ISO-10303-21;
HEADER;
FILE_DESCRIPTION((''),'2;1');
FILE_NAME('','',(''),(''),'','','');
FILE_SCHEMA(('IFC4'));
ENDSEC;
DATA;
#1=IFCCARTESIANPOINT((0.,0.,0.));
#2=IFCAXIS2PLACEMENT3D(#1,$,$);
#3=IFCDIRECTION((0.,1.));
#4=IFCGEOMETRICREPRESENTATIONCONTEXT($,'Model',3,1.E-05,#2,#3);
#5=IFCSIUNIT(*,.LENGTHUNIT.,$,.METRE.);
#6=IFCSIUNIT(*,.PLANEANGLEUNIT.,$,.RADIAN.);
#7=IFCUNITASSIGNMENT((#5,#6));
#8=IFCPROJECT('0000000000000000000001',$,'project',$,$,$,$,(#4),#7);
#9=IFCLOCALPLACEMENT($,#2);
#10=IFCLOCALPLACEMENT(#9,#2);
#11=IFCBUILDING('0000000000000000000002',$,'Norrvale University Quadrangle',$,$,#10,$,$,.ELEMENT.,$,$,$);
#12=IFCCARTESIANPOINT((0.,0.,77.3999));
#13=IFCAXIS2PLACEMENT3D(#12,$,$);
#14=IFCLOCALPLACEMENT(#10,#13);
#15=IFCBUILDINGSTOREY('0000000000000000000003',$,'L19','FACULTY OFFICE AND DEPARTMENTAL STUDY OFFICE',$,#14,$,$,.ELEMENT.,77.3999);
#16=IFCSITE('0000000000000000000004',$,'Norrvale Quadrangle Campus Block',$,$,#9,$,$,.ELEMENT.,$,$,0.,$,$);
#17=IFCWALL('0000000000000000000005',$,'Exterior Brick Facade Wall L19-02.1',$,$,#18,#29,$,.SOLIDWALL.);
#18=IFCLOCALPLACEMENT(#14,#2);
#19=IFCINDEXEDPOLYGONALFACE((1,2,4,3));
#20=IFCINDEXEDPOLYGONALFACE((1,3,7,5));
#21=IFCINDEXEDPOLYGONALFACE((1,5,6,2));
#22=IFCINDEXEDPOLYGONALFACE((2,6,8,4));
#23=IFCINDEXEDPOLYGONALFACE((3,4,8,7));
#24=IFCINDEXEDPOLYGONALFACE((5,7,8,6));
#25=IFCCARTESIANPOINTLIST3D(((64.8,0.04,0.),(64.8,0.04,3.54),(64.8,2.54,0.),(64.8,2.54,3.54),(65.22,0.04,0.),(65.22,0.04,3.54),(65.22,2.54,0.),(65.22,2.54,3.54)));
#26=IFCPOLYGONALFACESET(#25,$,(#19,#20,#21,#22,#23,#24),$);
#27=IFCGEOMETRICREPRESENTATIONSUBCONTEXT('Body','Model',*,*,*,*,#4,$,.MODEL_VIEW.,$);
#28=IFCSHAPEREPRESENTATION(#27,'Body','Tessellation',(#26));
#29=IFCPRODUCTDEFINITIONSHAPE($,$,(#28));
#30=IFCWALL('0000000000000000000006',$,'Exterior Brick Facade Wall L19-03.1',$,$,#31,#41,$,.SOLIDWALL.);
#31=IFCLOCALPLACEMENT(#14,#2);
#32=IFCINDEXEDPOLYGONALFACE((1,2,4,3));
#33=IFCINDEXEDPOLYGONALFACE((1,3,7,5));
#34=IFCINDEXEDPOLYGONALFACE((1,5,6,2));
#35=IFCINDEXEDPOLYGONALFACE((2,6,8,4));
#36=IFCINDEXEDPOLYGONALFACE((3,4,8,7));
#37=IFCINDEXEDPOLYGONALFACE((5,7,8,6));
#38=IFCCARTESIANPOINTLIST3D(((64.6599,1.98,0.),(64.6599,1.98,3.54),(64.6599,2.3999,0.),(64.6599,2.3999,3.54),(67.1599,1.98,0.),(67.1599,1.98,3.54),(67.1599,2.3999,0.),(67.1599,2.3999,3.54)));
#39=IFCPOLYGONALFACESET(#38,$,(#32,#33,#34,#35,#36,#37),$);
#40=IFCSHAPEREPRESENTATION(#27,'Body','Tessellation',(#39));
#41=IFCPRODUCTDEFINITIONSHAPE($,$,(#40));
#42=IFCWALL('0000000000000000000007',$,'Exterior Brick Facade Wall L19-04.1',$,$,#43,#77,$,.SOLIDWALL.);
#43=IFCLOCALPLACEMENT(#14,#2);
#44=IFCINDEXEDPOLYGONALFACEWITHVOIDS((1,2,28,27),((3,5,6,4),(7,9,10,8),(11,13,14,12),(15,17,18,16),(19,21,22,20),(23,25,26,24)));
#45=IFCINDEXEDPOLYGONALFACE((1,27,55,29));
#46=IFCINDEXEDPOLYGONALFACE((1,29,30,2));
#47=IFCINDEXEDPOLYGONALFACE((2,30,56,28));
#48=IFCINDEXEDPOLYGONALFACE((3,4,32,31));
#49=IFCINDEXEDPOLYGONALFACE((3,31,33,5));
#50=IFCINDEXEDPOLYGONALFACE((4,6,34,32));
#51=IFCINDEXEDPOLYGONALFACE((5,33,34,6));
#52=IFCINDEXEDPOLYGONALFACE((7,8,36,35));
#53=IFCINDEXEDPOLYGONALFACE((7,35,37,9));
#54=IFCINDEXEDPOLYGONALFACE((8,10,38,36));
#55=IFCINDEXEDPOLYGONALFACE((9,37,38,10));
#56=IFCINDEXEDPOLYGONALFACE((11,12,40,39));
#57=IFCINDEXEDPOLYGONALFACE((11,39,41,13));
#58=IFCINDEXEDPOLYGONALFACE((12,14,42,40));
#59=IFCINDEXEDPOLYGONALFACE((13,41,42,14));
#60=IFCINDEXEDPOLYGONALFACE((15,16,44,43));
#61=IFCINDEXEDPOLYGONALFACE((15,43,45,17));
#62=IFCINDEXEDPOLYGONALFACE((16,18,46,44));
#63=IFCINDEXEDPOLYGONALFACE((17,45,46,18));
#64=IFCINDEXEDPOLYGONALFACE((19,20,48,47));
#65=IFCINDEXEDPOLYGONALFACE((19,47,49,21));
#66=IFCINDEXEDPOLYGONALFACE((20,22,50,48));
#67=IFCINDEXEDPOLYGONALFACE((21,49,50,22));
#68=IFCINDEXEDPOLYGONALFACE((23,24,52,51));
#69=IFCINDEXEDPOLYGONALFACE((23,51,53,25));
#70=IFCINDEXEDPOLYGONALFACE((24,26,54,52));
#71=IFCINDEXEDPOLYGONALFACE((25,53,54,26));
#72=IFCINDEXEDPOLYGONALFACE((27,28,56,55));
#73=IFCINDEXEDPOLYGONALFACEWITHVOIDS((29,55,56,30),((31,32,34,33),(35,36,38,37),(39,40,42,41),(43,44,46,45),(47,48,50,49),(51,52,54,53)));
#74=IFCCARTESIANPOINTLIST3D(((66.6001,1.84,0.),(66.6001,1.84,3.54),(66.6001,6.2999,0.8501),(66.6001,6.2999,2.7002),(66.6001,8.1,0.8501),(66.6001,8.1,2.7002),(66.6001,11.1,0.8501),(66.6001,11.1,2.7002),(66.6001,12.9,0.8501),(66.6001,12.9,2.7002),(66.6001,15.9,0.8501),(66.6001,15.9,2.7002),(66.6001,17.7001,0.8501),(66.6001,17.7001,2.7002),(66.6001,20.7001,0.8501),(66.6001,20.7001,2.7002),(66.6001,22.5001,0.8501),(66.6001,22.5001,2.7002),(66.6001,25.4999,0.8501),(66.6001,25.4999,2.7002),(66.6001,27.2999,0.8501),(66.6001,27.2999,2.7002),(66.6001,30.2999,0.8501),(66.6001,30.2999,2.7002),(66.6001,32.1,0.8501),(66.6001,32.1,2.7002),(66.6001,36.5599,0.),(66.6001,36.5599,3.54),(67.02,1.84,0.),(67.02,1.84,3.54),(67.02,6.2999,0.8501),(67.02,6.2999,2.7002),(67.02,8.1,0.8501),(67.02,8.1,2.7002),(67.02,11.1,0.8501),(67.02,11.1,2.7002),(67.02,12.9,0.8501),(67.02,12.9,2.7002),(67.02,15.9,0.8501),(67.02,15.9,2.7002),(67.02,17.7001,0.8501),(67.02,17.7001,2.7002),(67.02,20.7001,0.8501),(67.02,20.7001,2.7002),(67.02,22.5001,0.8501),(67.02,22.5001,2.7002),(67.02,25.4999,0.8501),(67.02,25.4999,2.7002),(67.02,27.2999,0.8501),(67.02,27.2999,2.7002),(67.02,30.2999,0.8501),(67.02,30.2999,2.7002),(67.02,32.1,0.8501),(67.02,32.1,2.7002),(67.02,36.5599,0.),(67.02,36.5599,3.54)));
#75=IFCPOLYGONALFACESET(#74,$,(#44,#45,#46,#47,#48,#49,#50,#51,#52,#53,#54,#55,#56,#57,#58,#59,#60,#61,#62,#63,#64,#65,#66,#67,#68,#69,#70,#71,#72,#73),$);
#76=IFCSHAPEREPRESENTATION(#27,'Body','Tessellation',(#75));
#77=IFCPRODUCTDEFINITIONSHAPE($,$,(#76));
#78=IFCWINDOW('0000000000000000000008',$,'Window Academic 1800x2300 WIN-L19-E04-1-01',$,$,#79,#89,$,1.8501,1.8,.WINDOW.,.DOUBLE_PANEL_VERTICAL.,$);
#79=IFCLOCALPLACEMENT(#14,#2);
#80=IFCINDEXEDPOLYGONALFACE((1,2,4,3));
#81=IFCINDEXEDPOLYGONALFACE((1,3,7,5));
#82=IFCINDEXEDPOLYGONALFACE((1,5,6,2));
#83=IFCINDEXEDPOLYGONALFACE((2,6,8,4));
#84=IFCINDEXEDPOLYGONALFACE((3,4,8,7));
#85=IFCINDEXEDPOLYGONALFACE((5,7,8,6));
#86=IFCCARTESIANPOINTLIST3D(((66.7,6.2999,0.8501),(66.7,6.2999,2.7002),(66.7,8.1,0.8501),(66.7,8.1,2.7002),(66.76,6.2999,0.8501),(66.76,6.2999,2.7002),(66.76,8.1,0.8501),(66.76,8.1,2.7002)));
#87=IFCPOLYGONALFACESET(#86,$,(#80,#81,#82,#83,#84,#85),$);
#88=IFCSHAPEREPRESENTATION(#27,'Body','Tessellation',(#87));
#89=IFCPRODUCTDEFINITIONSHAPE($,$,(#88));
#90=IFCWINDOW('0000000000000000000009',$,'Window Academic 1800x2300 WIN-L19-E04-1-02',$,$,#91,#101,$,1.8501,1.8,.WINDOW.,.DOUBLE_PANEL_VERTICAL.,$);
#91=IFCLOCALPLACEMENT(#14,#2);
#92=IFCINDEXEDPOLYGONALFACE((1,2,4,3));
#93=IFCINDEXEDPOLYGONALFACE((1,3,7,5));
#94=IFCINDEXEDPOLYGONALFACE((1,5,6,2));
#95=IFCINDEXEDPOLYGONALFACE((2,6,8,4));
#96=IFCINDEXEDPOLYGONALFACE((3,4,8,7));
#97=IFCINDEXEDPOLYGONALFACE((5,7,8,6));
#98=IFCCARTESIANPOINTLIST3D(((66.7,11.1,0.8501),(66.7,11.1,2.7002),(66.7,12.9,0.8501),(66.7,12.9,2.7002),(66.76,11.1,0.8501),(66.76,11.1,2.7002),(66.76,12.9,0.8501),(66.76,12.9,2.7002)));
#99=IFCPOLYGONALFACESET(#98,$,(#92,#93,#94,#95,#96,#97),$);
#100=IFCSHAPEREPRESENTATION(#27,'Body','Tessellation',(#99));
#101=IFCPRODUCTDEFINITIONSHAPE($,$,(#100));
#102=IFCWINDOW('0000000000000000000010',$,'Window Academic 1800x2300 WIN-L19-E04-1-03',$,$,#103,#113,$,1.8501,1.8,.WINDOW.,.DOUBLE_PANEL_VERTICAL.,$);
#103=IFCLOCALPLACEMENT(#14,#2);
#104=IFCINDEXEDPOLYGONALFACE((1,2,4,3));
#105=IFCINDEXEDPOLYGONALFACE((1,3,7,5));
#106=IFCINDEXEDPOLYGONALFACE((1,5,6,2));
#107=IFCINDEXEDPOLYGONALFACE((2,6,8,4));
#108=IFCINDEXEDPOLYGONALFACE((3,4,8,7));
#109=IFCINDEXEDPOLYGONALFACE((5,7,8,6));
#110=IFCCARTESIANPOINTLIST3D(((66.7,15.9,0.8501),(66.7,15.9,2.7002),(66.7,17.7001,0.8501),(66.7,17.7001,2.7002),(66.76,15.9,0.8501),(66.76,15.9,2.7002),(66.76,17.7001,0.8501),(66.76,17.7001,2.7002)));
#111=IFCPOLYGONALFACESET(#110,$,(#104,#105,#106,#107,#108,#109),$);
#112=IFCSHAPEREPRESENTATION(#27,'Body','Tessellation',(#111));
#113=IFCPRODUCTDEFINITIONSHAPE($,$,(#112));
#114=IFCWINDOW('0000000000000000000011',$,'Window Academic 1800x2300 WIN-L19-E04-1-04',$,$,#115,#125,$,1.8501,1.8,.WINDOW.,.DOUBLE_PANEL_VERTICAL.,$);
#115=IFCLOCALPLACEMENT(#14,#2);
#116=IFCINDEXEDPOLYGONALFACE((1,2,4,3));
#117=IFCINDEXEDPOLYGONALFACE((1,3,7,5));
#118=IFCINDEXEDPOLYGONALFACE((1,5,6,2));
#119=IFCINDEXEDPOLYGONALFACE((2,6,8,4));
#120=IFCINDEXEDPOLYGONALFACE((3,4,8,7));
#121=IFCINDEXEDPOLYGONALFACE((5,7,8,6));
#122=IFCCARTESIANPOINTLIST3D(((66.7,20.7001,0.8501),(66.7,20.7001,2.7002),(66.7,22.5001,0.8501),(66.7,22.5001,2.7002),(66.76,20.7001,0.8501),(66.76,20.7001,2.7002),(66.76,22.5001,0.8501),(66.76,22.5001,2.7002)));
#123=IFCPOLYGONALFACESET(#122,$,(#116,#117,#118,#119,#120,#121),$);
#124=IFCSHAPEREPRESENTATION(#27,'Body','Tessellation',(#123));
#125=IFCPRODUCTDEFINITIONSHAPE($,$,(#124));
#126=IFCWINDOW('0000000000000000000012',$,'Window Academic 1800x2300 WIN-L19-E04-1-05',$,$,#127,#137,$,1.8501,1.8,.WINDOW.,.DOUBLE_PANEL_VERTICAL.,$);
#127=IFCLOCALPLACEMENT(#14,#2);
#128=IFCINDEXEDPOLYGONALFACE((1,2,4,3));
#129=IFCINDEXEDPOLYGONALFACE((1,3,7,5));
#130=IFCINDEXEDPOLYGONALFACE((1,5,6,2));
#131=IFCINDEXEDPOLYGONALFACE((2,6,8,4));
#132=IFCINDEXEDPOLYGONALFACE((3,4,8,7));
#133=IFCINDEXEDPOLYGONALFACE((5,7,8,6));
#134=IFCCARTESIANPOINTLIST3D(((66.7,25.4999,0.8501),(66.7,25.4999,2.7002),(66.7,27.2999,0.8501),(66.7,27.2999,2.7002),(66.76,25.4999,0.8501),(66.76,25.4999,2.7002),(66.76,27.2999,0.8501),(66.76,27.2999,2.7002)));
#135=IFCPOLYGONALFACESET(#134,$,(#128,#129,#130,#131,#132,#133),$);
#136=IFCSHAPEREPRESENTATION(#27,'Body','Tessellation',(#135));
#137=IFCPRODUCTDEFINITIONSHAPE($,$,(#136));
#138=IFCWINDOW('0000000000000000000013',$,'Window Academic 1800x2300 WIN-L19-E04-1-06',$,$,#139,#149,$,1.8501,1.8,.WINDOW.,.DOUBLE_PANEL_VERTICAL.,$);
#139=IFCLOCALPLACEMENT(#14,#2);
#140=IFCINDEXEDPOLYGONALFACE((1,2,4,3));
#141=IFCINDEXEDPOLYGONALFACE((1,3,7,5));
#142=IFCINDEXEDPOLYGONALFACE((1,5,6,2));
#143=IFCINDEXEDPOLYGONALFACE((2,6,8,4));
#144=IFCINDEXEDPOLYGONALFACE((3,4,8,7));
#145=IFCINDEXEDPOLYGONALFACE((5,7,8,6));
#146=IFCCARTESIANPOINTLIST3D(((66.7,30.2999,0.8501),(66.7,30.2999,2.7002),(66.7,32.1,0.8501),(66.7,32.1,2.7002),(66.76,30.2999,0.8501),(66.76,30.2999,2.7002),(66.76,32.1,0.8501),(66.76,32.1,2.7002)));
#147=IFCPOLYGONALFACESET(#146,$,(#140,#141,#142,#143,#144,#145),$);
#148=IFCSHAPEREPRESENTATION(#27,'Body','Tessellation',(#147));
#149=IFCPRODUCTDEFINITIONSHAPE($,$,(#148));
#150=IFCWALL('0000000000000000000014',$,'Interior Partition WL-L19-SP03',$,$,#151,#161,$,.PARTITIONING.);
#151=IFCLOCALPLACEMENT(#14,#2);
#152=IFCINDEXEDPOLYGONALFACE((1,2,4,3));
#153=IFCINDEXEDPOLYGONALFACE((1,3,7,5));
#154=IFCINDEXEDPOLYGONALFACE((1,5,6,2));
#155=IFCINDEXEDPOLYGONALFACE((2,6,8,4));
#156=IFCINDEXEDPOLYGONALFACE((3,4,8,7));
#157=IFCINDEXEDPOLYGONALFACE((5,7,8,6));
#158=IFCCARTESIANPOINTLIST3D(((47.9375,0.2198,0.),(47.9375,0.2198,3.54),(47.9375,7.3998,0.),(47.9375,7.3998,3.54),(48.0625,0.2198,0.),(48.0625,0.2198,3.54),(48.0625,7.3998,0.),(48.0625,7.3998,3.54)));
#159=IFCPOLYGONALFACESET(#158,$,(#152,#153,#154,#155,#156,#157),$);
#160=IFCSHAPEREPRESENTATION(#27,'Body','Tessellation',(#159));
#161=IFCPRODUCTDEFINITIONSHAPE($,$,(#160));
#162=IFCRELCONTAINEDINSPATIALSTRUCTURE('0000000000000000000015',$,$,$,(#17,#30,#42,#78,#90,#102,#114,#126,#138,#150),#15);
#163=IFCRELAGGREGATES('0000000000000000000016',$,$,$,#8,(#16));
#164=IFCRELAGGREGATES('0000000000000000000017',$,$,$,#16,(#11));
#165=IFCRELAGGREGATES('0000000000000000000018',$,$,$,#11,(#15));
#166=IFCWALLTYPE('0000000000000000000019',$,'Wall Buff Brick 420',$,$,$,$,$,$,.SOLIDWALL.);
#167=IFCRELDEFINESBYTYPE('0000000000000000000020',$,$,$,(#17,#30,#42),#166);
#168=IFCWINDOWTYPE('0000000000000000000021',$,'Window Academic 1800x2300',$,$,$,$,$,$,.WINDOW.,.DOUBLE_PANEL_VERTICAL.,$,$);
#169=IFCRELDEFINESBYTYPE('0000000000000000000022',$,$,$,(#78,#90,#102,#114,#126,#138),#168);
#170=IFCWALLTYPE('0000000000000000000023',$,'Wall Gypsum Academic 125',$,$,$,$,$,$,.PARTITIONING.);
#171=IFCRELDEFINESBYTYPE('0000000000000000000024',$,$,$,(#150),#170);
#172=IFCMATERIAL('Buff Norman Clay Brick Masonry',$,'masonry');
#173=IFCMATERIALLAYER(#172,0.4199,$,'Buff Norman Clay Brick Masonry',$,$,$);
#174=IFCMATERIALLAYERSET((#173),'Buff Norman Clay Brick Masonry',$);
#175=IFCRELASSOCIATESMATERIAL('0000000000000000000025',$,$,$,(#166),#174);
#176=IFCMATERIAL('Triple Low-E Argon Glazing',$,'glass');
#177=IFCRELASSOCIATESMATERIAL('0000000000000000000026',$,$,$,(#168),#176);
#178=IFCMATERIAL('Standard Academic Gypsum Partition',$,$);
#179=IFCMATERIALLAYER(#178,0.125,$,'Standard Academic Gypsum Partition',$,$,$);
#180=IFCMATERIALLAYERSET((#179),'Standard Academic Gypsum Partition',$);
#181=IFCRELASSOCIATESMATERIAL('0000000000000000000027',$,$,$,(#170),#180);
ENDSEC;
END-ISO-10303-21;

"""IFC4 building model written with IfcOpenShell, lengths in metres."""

from ifc_helpers import new_model, si_unit, direction, frame, frame_2d, origin, place, context, subcontext, project, spatial, rectangle, extrude, material, layer, layer_set, type_object, element, fill, save


model = new_model("IFC4")

# Units and contexts
model_context = context("Model", 3, precision=1e-05, world=origin(), true_north=direction((0.0, 1.0)))
body_context = subcontext(model_context, "Body", "Model", "MODEL_VIEW")
ifc_project = project(units=[si_unit("LENGTHUNIT", "METRE"), si_unit("PLANEANGLEUNIT", "RADIAN")], contexts=[model_context])

# Site, building, storey
site_placement = place(None, origin())
site = spatial("IfcSite", under=ifc_project, at=site_placement, Name="Norrvale Quadrangle Campus Block", CompositionType="ELEMENT", RefElevation=0.0)
building_placement = place(site_placement, origin())
building = spatial("IfcBuilding", under=site, at=building_placement, Name="Norrvale University Quadrangle", CompositionType="ELEMENT")
storey_placement = place(building_placement, frame((0.0, 0.0, 77.3999)))
storey = spatial("IfcBuildingStorey", under=building, at=storey_placement, Name="L19", Description="FACULTY OFFICE AND DEPARTMENTAL STUDY OFFICE", CompositionType="ELEMENT", Elevation=77.3999)

# Walls
ifc_material_1 = material(Name="Buff Norman Clay Brick Masonry", Category="masonry")
ifc_layer_1 = layer(ifc_material_1, 0.4199, Name="Buff Norman Clay Brick Masonry")
ifc_layer_set_1 = layer_set([ifc_layer_1], Name="Buff Norman Clay Brick Masonry")
wall_type_1 = type_object("IfcWallType", Name="Wall Buff Brick 420", PredefinedType="SOLIDWALL", material=ifc_layer_set_1)
for number, where, z_axis, x_axis, name in (
    (1, (65.01, 0.04, 0.0), (0.0, 0.0, 1.0), (0.0, 1.0, 0.0), "Exterior Brick Facade Wall L19-02.1"),
    (2, (64.6599, 2.1899, 0.0), (0.0, 0.0, 1.0), (1.0, 0.0, 0.0), "Exterior Brick Facade Wall L19-03.1"),
):
    element("IfcWall", number, at=place(storey_placement, frame(where, z_axis=z_axis, x_axis=x_axis)), inside=storey, type_object=wall_type_1, Name=name, PredefinedType="SOLIDWALL", context=body_context, shape_type="SweptSolid", body=[
        extrude(rectangle(XDim=2.5, YDim=0.4199, at=frame_2d((1.25, 0.0))), origin(), (0.0, 0.0, 1.0), 3.54),
    ])

# Wall, openings, windows
wall_1_placement = place(storey_placement, frame((66.8101, 1.8401, 0.0), z_axis=(0.0, 0.0, 1.0), x_axis=(0.0, 1.0, 0.0)))
wall_1 = element("IfcWall", 3, at=wall_1_placement, inside=storey, type_object=wall_type_1, Name="Exterior Brick Facade Wall L19-04.1", PredefinedType="SOLIDWALL", context=body_context, shape_type="SweptSolid", body=[
    extrude(rectangle(XDim=34.72, YDim=0.4199, at=frame_2d((17.3599, 0.0))), origin(), (0.0, 0.0, 1.0), 3.54),
])
opening_1_placement = place(wall_1_placement, frame((4.46, 0.0, 0.8501)))
opening_1 = element("IfcOpeningElement", 4, at=opening_1_placement, cuts=wall_1, PredefinedType="OPENING", context=body_context, shape_type="SweptSolid", body=[
    extrude(rectangle(XDim=1.8, YDim=1.8501, at=frame_2d((0.8999, 0.925))), frame((0.0, 0.2219, 0.0), z_axis=(0.0, -1.0, 0.0), x_axis=(1.0, 0.0, 0.0)), (0.0, 0.0, 1.0), 0.4438),
])
opening_2_placement = place(wall_1_placement, frame((9.26, 0.0, 0.8501)))
opening_2 = element("IfcOpeningElement", 5, at=opening_2_placement, cuts=wall_1, PredefinedType="OPENING", context=body_context, shape_type="SweptSolid", body=[
    extrude(rectangle(XDim=1.8, YDim=1.8501, at=frame_2d((0.8999, 0.925))), frame((0.0, 0.2219, 0.0), z_axis=(0.0, -1.0, 0.0), x_axis=(1.0, 0.0, 0.0)), (0.0, 0.0, 1.0), 0.4438),
])
opening_3_placement = place(wall_1_placement, frame((14.0601, 0.0, 0.8501)))
opening_3 = element("IfcOpeningElement", 6, at=opening_3_placement, cuts=wall_1, PredefinedType="OPENING", context=body_context, shape_type="SweptSolid", body=[
    extrude(rectangle(XDim=1.8, YDim=1.8501, at=frame_2d((0.8999, 0.925))), frame((0.0, 0.2219, 0.0), z_axis=(0.0, -1.0, 0.0), x_axis=(1.0, 0.0, 0.0)), (0.0, 0.0, 1.0), 0.4438),
])
opening_4_placement = place(wall_1_placement, frame((18.8601, 0.0, 0.8501)))
opening_4 = element("IfcOpeningElement", 7, at=opening_4_placement, cuts=wall_1, PredefinedType="OPENING", context=body_context, shape_type="SweptSolid", body=[
    extrude(rectangle(XDim=1.8, YDim=1.8501, at=frame_2d((0.8999, 0.925))), frame((0.0, 0.2219, 0.0), z_axis=(0.0, -1.0, 0.0), x_axis=(1.0, 0.0, 0.0)), (0.0, 0.0, 1.0), 0.4438),
])
opening_5_placement = place(wall_1_placement, frame((23.6599, 0.0, 0.8501)))
opening_5 = element("IfcOpeningElement", 8, at=opening_5_placement, cuts=wall_1, PredefinedType="OPENING", context=body_context, shape_type="SweptSolid", body=[
    extrude(rectangle(XDim=1.8, YDim=1.8501, at=frame_2d((0.8999, 0.925))), frame((0.0, 0.2219, 0.0), z_axis=(0.0, -1.0, 0.0), x_axis=(1.0, 0.0, 0.0)), (0.0, 0.0, 1.0), 0.4438),
])
opening_6_placement = place(wall_1_placement, frame((28.46, 0.0, 0.8501)))
opening_6 = element("IfcOpeningElement", 9, at=opening_6_placement, cuts=wall_1, PredefinedType="OPENING", context=body_context, shape_type="SweptSolid", body=[
    extrude(rectangle(XDim=1.8, YDim=1.8501, at=frame_2d((0.8999, 0.925))), frame((0.0, 0.2219, 0.0), z_axis=(0.0, -1.0, 0.0), x_axis=(1.0, 0.0, 0.0)), (0.0, 0.0, 1.0), 0.4438),
])
ifc_material_2 = material(Name="Triple Low-E Argon Glazing", Category="glass")
window_type = type_object("IfcWindowType", Name="Window Academic 1800x2300", PartitioningType="DOUBLE_PANEL_VERTICAL", PredefinedType="WINDOW", material=ifc_material_2)
window_1_placement = place(opening_1_placement, origin())
window_1 = element("IfcWindow", 10, at=window_1_placement, inside=storey, type_object=window_type, Name="Window Academic 1800x2300 WIN-L19-E04-1-01", OverallHeight=1.8501, OverallWidth=1.8, PartitioningType="DOUBLE_PANEL_VERTICAL", PredefinedType="WINDOW", context=body_context, shape_type="SweptSolid", body=[
    extrude(rectangle(XDim=1.8, YDim=1.8501, at=frame_2d((0.8999, 0.925))), frame((0.0, 0.1101, 0.0), z_axis=(0.0, -1.0, 0.0), x_axis=(1.0, 0.0, 0.0)), (0.0, 0.0, 1.0), 0.0601),
])
fill(opening_1, window_1)
window_2_placement = place(opening_2_placement, origin())
window_2 = element("IfcWindow", 11, at=window_2_placement, inside=storey, type_object=window_type, Name="Window Academic 1800x2300 WIN-L19-E04-1-02", OverallHeight=1.8501, OverallWidth=1.8, PartitioningType="DOUBLE_PANEL_VERTICAL", PredefinedType="WINDOW", context=body_context, shape_type="SweptSolid", body=[
    extrude(rectangle(XDim=1.8, YDim=1.8501, at=frame_2d((0.8999, 0.925))), frame((0.0, 0.1101, 0.0), z_axis=(0.0, -1.0, 0.0), x_axis=(1.0, 0.0, 0.0)), (0.0, 0.0, 1.0), 0.0601),
])
fill(opening_2, window_2)
window_3_placement = place(opening_3_placement, origin())
window_3 = element("IfcWindow", 12, at=window_3_placement, inside=storey, type_object=window_type, Name="Window Academic 1800x2300 WIN-L19-E04-1-03", OverallHeight=1.8501, OverallWidth=1.8, PartitioningType="DOUBLE_PANEL_VERTICAL", PredefinedType="WINDOW", context=body_context, shape_type="SweptSolid", body=[
    extrude(rectangle(XDim=1.8, YDim=1.8501, at=frame_2d((0.8999, 0.925))), frame((0.0, 0.1101, 0.0), z_axis=(0.0, -1.0, 0.0), x_axis=(1.0, 0.0, 0.0)), (0.0, 0.0, 1.0), 0.0601),
])
fill(opening_3, window_3)
window_4_placement = place(opening_4_placement, origin())
window_4 = element("IfcWindow", 13, at=window_4_placement, inside=storey, type_object=window_type, Name="Window Academic 1800x2300 WIN-L19-E04-1-04", OverallHeight=1.8501, OverallWidth=1.8, PartitioningType="DOUBLE_PANEL_VERTICAL", PredefinedType="WINDOW", context=body_context, shape_type="SweptSolid", body=[
    extrude(rectangle(XDim=1.8, YDim=1.8501, at=frame_2d((0.8999, 0.925))), frame((0.0, 0.1101, 0.0), z_axis=(0.0, -1.0, 0.0), x_axis=(1.0, 0.0, 0.0)), (0.0, 0.0, 1.0), 0.0601),
])
fill(opening_4, window_4)
window_5_placement = place(opening_5_placement, origin())
window_5 = element("IfcWindow", 14, at=window_5_placement, inside=storey, type_object=window_type, Name="Window Academic 1800x2300 WIN-L19-E04-1-05", OverallHeight=1.8501, OverallWidth=1.8, PartitioningType="DOUBLE_PANEL_VERTICAL", PredefinedType="WINDOW", context=body_context, shape_type="SweptSolid", body=[
    extrude(rectangle(XDim=1.8, YDim=1.8501, at=frame_2d((0.8999, 0.925))), frame((0.0, 0.1101, 0.0), z_axis=(0.0, -1.0, 0.0), x_axis=(1.0, 0.0, 0.0)), (0.0, 0.0, 1.0), 0.0601),
])
fill(opening_5, window_5)
window_6_placement = place(opening_6_placement, origin())
window_6 = element("IfcWindow", 15, at=window_6_placement, inside=storey, type_object=window_type, Name="Window Academic 1800x2300 WIN-L19-E04-1-06", OverallHeight=1.8501, OverallWidth=1.8, PartitioningType="DOUBLE_PANEL_VERTICAL", PredefinedType="WINDOW", context=body_context, shape_type="SweptSolid", body=[
    extrude(rectangle(XDim=1.8, YDim=1.8501, at=frame_2d((0.8999, 0.925))), frame((0.0, 0.1101, 0.0), z_axis=(0.0, -1.0, 0.0), x_axis=(1.0, 0.0, 0.0)), (0.0, 0.0, 1.0), 0.0601),
])
fill(opening_6, window_6)

# Wall
ifc_material_3 = material(Name="Standard Academic Gypsum Partition")
ifc_layer_2 = layer(ifc_material_3, 0.125, Name="Standard Academic Gypsum Partition")
ifc_layer_set_2 = layer_set([ifc_layer_2], Name="Standard Academic Gypsum Partition")
wall_type_2 = type_object("IfcWallType", Name="Wall Gypsum Academic 125", PredefinedType="PARTITIONING", material=ifc_layer_set_2)
wall_2_placement = place(storey_placement, frame((48.0, 0.22, 0.0), z_axis=(0.0, 0.0, 1.0), x_axis=(0.0, 1.0, 0.0)))
element("IfcWall", 16, at=wall_2_placement, inside=storey, type_object=wall_type_2, Name="Interior Partition WL-L19-SP03", PredefinedType="PARTITIONING", context=body_context, shape_type="SweptSolid", body=[
    extrude(rectangle(XDim=7.1799, YDim=0.125, at=frame_2d((3.5898, 0.0))), origin(), (0.0, 0.0, 1.0), 3.54),
])

save(model, "model.ifc")
